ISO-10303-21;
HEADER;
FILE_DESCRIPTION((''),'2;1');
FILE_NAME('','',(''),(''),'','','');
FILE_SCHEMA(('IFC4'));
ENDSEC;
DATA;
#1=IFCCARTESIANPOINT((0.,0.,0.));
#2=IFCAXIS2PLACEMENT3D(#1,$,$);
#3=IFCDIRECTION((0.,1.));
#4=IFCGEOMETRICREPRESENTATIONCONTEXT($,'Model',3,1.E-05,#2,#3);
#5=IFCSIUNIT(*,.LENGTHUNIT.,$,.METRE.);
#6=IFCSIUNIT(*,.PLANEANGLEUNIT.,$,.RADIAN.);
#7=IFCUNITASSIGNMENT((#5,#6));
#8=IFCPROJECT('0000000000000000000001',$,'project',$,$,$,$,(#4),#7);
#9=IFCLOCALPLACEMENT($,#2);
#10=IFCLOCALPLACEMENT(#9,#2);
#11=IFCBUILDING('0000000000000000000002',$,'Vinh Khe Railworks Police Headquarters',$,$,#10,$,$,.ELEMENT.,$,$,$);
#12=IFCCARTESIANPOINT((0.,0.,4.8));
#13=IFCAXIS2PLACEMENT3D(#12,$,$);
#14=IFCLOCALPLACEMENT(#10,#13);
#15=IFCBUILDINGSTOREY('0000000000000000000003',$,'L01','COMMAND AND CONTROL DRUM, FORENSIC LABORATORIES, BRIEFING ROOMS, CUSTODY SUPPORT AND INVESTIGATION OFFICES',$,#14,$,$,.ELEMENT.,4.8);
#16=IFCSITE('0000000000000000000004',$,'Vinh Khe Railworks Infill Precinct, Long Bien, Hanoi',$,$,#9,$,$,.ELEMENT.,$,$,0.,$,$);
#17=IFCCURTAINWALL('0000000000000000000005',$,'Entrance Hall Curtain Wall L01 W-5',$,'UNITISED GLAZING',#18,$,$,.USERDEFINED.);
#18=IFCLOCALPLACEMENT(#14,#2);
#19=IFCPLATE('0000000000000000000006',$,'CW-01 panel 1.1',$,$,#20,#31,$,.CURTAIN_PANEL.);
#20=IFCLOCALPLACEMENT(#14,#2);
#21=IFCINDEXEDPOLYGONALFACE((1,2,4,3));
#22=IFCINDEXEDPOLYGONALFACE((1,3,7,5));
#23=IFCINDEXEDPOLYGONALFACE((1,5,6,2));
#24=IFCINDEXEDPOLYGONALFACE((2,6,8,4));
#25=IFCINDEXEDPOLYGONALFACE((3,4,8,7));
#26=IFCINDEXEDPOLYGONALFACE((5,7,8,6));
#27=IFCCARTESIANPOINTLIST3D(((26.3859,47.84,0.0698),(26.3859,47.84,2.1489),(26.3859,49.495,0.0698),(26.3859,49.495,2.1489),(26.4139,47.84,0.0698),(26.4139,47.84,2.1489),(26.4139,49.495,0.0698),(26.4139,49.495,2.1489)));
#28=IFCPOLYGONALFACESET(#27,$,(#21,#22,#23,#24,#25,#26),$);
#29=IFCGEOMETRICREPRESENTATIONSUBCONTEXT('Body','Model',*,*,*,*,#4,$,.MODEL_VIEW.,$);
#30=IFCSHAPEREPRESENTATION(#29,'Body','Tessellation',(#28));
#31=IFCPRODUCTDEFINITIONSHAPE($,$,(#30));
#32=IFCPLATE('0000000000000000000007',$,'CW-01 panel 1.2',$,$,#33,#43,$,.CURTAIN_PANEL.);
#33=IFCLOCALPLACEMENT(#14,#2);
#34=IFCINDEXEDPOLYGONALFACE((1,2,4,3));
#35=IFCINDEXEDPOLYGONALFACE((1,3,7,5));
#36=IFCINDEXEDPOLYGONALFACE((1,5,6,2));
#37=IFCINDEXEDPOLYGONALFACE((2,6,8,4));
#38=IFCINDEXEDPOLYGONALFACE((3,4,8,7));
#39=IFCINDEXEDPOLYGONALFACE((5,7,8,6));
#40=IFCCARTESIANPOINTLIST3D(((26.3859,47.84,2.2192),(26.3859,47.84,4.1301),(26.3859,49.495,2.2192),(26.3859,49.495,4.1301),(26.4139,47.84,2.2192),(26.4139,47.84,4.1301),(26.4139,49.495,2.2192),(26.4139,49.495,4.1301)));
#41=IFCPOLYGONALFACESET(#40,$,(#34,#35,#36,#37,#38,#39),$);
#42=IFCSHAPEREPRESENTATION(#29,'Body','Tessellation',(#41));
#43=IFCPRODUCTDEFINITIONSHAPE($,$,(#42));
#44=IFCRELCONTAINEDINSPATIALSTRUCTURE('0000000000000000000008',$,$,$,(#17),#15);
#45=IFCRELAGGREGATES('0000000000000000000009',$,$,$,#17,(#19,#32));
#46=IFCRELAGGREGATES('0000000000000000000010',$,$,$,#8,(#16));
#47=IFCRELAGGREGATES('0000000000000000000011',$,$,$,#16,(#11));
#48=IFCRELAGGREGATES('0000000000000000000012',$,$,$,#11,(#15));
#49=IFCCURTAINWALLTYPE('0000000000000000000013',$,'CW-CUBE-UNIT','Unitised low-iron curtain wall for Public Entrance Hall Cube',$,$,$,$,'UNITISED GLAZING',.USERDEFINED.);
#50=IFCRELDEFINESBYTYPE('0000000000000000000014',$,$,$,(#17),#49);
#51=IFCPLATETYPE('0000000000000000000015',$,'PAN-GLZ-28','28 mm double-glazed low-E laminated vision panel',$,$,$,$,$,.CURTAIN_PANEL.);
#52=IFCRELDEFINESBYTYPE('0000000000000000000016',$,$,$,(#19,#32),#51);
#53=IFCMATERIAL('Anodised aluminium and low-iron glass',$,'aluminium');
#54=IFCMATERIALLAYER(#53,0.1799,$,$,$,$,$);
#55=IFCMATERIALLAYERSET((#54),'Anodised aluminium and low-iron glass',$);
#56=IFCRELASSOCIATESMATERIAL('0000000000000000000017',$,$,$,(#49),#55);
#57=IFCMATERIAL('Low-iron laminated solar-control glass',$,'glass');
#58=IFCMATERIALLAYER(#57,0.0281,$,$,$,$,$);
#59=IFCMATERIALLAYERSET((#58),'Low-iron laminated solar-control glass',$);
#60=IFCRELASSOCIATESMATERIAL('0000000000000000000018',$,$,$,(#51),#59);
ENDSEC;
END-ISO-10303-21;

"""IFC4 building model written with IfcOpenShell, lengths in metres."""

from ifc_helpers import new_model, si_unit, direction, frame, origin, origin_2d, place, context, subcontext, project, spatial, rectangle, extrude, material, layer, layer_set, type_object, element, aggregate, save


model = new_model("IFC4")

# Units and contexts
model_context = context("Model", 3, precision=1e-05, world=origin(), true_north=direction((0.0, 1.0)))
body_context = subcontext(model_context, "Body", "Model", "MODEL_VIEW")
ifc_project = project(units=[si_unit("LENGTHUNIT", "METRE"), si_unit("PLANEANGLEUNIT", "RADIAN")], contexts=[model_context])

# Site, building, storey
site_placement = place(None, origin())
site = spatial("IfcSite", under=ifc_project, at=site_placement, Name="Vinh Khe Railworks Infill Precinct, Long Bien, Hanoi", CompositionType="ELEMENT", RefElevation=0.0)
building_placement = place(site_placement, origin())
building = spatial("IfcBuilding", under=site, at=building_placement, Name="Vinh Khe Railworks Police Headquarters", CompositionType="ELEMENT")
storey_placement = place(building_placement, frame((0.0, 0.0, 4.8)))
storey = spatial("IfcBuildingStorey", under=building, at=storey_placement, Name="L01", Description="COMMAND AND CONTROL DRUM, FORENSIC LABORATORIES, BRIEFING ROOMS, CUSTODY SUPPORT AND INVESTIGATION OFFICES", CompositionType="ELEMENT", Elevation=4.8)

# Shared definitions
ifc_material_1 = material(Name="Anodised aluminium and low-iron glass", Category="aluminium")
ifc_layer_1 = layer(ifc_material_1, 0.1799)
ifc_layer_set_1 = layer_set([ifc_layer_1], Name="Anodised aluminium and low-iron glass")
curtain_wall_type = type_object("IfcCurtainWallType", Name="CW-CUBE-UNIT", Description="Unitised low-iron curtain wall for Public Entrance Hall Cube", ElementType="UNITISED GLAZING", PredefinedType="USERDEFINED", material=ifc_layer_set_1)

# Curtain wall
curtain_wall_1_placement = place(storey_placement, origin())
curtain_wall_1 = element("IfcCurtainWall", 1, at=curtain_wall_1_placement, inside=storey, type_object=curtain_wall_type, Name="Entrance Hall Curtain Wall L01 W-5", ObjectType="UNITISED GLAZING", PredefinedType="USERDEFINED")

# Plates
ifc_material_2 = material(Name="Low-iron laminated solar-control glass", Category="glass")
ifc_layer_2 = layer(ifc_material_2, 0.0281)
ifc_layer_set_2 = layer_set([ifc_layer_2], Name="Low-iron laminated solar-control glass")
plate_type = type_object("IfcPlateType", Name="PAN-GLZ-28", Description="28 mm double-glazed low-E laminated vision panel", PredefinedType="CURTAIN_PANEL", material=ifc_layer_set_2)
plate_1_placement = place(storey_placement, frame((26.3999, 48.6675, 0.0698), z_axis=(0.0, 0.0, 1.0), x_axis=(0.0, 1.0, 0.0)))
plate_1 = element("IfcPlate", 2, at=plate_1_placement, type_object=plate_type, Name="CW-01 panel 1.1", PredefinedType="CURTAIN_PANEL", context=body_context, shape_type="SweptSolid", body=[
    extrude(rectangle(XDim=1.655, YDim=0.0281, at=origin_2d()), origin(), (0.0, 0.0, 1.0), 2.0791),
])
plate_2_placement = place(storey_placement, frame((26.3999, 48.6675, 2.2192), z_axis=(0.0, 0.0, 1.0), x_axis=(0.0, 1.0, 0.0)))
plate_2 = element("IfcPlate", 3, at=plate_2_placement, type_object=plate_type, Name="CW-01 panel 1.2", PredefinedType="CURTAIN_PANEL", context=body_context, shape_type="SweptSolid", body=[
    extrude(rectangle(XDim=1.655, YDim=0.0281, at=origin_2d()), origin(), (0.0, 0.0, 1.0), 1.9109),
])
aggregate(curtain_wall_1, [plate_1, plate_2])

save(model, "model.ifc")
